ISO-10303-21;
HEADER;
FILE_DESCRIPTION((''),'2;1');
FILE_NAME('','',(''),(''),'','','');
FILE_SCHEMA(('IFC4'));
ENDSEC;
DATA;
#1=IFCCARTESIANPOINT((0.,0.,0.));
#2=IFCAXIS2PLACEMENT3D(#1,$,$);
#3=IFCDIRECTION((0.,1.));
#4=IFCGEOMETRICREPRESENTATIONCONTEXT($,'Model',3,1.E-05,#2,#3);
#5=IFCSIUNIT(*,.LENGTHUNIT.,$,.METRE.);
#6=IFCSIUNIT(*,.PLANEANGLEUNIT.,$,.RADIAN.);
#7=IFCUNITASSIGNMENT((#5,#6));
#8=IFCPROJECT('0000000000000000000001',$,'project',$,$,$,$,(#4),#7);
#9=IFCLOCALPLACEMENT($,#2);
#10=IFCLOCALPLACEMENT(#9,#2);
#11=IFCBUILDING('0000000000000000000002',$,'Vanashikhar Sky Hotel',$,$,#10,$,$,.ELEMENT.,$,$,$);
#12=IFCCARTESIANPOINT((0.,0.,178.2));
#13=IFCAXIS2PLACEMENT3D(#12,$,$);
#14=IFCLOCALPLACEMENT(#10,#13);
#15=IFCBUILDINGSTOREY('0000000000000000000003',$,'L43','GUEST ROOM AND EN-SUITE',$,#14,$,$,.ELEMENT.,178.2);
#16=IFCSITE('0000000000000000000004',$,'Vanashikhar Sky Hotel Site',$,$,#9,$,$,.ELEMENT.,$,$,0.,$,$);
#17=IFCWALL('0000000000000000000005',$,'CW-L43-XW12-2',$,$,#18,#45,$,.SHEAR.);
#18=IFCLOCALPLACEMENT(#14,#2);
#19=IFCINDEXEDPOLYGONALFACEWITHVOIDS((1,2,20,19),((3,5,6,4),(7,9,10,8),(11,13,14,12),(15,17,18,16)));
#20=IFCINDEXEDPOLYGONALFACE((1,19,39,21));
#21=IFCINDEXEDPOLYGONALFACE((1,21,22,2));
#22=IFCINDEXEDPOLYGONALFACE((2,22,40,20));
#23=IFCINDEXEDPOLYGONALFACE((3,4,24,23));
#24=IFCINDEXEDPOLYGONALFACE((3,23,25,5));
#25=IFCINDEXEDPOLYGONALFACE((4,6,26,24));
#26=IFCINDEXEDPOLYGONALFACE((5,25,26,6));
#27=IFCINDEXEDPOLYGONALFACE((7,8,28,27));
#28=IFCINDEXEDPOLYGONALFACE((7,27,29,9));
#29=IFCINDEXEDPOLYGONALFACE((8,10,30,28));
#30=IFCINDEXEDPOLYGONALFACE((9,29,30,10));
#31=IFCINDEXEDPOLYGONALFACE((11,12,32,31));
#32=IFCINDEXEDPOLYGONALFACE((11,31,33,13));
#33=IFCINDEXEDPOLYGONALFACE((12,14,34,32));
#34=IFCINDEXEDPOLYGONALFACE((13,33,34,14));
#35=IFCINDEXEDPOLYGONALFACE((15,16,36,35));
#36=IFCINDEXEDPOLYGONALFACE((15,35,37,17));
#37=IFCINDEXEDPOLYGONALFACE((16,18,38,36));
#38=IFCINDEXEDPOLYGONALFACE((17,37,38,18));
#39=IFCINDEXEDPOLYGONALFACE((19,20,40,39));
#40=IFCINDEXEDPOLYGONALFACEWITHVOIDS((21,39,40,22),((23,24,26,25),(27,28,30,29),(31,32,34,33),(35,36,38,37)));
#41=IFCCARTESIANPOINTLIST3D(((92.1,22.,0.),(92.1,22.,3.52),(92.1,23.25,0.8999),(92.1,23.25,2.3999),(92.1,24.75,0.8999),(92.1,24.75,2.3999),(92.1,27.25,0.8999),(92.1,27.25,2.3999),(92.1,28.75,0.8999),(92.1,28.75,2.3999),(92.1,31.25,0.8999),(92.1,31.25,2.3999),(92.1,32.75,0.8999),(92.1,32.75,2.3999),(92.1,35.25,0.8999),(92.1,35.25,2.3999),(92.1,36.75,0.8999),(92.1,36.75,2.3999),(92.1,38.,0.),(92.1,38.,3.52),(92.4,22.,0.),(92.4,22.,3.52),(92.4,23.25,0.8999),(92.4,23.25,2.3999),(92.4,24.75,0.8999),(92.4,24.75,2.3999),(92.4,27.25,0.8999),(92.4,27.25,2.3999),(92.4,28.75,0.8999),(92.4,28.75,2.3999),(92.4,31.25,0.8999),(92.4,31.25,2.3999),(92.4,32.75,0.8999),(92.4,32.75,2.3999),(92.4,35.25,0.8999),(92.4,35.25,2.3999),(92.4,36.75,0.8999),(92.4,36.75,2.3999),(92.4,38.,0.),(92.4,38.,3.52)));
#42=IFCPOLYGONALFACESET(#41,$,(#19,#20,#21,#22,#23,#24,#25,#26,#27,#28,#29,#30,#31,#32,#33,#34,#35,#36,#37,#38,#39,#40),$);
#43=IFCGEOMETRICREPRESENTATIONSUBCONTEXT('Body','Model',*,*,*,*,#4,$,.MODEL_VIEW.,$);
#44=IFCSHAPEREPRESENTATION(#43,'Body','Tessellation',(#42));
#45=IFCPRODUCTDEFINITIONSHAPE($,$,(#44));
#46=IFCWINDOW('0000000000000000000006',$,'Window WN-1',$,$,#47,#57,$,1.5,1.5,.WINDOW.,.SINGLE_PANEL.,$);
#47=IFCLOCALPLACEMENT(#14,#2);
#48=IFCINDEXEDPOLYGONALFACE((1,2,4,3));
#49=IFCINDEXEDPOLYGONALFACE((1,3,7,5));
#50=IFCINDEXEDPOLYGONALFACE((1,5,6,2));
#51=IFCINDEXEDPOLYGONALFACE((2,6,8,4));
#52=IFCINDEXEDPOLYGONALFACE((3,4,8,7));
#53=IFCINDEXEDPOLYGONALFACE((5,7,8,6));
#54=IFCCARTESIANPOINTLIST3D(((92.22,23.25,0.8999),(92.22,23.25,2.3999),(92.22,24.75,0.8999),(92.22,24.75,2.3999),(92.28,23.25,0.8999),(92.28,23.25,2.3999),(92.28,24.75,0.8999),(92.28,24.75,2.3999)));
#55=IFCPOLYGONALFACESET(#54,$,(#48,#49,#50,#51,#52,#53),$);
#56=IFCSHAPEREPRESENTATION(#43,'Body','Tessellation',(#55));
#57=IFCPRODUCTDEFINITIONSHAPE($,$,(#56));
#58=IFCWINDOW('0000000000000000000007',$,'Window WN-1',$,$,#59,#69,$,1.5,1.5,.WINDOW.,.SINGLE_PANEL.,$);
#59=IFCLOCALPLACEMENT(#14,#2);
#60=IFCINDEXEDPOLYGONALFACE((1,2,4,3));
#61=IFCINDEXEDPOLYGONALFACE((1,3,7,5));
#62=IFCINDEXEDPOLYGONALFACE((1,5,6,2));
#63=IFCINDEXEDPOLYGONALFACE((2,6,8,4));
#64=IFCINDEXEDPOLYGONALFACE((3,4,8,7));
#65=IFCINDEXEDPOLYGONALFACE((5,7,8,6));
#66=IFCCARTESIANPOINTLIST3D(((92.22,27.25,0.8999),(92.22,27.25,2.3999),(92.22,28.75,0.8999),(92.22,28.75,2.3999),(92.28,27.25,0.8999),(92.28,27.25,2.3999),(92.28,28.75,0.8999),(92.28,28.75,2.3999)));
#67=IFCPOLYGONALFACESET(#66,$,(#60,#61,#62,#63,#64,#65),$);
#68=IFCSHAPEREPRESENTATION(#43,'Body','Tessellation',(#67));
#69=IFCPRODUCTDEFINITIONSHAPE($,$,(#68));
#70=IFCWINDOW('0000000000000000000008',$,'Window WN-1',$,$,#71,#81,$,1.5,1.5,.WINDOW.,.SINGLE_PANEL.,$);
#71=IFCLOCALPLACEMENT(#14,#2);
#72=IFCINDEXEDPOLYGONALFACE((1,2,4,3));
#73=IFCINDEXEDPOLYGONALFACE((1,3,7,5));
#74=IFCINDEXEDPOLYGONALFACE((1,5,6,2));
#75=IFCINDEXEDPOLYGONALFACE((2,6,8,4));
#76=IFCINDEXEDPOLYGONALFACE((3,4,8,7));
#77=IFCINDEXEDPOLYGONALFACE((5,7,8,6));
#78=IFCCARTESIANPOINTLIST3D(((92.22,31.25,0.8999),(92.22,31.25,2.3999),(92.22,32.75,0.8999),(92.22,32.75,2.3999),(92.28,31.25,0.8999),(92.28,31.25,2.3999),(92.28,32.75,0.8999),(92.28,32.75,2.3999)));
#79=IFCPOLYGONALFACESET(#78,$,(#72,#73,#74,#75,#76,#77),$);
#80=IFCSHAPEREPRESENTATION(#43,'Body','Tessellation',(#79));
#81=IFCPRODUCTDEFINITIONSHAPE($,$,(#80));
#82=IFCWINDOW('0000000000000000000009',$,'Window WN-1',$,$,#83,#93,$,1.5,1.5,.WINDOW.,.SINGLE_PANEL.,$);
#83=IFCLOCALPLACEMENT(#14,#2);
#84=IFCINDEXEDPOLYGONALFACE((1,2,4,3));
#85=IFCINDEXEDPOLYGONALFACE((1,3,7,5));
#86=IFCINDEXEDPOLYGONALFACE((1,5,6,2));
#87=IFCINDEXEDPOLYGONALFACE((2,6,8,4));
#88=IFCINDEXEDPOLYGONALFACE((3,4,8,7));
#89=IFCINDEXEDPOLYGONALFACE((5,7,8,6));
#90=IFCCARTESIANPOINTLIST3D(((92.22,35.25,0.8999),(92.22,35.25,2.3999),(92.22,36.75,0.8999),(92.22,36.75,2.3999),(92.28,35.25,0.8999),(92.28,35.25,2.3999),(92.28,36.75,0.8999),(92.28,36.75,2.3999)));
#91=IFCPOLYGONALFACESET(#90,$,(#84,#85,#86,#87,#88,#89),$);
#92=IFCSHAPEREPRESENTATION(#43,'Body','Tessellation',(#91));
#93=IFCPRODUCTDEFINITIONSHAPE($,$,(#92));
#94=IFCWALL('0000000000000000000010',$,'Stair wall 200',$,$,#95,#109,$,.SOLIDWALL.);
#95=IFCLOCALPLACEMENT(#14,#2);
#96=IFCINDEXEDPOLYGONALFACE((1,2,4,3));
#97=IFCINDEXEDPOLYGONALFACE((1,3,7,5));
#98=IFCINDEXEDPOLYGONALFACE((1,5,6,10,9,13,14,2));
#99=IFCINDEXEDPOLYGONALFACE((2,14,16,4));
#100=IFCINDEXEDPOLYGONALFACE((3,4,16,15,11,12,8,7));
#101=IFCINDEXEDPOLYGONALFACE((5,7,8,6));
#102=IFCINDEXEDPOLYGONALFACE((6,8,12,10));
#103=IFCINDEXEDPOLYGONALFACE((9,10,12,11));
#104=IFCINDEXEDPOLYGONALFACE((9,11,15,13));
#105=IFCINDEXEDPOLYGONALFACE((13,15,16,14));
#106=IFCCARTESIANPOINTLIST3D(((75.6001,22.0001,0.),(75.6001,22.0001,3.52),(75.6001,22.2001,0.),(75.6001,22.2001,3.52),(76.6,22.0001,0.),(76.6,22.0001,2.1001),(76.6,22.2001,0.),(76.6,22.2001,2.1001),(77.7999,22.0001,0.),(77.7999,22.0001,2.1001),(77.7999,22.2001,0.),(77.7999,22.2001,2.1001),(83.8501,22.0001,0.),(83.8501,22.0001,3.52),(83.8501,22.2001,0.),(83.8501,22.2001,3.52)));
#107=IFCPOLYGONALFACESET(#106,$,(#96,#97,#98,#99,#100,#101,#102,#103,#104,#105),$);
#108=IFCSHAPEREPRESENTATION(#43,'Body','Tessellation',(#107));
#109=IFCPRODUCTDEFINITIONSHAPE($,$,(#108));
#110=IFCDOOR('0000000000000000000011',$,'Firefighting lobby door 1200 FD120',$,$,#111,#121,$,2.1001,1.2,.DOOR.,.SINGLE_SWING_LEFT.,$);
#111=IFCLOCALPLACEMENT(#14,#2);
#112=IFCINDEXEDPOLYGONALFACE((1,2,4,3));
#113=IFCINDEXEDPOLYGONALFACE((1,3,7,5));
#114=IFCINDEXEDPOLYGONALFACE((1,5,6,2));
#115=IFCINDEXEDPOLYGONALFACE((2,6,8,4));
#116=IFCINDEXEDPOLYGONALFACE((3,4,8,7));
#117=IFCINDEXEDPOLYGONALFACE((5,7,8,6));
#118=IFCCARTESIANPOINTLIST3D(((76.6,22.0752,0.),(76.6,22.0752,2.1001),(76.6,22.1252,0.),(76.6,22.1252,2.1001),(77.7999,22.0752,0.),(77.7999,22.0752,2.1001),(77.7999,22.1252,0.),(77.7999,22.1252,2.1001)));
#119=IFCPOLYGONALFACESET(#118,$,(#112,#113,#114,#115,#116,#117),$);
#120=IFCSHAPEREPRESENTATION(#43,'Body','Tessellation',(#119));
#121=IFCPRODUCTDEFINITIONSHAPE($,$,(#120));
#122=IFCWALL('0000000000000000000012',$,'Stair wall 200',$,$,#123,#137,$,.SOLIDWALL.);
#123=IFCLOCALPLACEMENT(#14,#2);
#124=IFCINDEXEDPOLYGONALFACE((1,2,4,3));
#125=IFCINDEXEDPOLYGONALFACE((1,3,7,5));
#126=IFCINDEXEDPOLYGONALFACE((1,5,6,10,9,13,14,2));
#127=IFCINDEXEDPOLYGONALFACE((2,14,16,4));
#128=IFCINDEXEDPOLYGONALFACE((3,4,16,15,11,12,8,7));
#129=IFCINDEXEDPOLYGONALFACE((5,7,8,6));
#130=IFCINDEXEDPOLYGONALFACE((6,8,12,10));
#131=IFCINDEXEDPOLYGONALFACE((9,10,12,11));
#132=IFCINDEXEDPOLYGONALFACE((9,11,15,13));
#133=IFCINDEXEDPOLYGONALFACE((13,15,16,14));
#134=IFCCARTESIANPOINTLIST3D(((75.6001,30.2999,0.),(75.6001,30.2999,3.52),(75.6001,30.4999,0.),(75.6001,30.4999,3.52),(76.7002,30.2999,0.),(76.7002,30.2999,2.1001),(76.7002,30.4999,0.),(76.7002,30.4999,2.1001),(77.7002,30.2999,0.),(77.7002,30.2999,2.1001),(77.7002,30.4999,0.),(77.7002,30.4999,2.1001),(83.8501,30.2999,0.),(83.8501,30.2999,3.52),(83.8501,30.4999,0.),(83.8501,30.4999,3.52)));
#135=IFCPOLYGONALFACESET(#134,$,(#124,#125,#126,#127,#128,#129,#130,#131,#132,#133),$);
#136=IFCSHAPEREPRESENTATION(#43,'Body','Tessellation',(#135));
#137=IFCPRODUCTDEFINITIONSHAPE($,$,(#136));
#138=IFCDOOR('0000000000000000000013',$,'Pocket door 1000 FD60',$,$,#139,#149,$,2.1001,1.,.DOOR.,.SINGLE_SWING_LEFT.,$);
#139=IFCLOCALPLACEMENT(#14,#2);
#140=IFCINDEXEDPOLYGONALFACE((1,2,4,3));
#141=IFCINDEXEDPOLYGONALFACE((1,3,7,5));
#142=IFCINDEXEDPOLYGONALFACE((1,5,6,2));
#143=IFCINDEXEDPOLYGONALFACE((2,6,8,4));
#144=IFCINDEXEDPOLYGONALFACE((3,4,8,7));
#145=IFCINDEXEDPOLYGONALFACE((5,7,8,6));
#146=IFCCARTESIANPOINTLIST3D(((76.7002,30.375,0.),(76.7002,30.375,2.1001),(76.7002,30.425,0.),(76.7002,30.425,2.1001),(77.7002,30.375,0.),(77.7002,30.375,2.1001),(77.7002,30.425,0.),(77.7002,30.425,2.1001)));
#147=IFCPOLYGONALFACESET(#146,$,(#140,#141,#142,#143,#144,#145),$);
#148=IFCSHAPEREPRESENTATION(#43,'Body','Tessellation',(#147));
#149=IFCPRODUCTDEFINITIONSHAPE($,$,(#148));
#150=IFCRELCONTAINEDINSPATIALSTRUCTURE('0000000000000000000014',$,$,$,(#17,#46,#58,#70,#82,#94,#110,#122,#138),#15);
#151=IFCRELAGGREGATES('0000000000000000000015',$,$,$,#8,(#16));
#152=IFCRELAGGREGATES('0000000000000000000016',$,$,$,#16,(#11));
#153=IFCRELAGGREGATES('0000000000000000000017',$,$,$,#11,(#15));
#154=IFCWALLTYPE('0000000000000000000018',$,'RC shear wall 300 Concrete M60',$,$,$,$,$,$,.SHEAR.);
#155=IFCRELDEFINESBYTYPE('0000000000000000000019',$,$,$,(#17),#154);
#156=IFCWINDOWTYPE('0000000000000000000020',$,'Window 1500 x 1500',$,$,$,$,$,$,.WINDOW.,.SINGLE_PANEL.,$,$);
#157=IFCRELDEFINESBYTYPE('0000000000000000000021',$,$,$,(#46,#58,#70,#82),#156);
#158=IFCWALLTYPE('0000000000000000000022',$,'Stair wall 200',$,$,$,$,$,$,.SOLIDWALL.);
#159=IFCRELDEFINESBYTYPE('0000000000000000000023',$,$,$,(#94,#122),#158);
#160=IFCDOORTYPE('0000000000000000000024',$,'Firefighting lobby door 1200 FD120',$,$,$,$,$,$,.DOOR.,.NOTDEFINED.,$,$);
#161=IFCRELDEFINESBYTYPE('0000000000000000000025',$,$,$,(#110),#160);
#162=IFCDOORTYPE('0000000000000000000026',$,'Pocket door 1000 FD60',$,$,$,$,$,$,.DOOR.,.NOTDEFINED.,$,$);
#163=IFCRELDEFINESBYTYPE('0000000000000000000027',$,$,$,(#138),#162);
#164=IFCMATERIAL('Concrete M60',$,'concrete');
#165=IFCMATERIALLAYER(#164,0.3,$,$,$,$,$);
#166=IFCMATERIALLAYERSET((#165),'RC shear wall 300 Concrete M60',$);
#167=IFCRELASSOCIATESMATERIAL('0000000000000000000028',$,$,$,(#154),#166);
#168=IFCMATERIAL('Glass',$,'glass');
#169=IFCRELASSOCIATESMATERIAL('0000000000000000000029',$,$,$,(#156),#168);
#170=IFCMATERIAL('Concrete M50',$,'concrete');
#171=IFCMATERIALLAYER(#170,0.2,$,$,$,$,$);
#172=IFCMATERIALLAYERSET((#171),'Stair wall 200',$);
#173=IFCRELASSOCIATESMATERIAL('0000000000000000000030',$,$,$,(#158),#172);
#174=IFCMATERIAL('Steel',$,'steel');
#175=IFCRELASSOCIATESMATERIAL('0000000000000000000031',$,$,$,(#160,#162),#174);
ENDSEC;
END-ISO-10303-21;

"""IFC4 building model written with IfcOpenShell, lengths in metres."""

from ifc_helpers import new_model, si_unit, direction, frame, frame_2d, origin, place, context, subcontext, project, spatial, rectangle, extrude, source, transform, mapped, material, layer, layer_set, type_object, element, fill, save


model = new_model("IFC4")

# Units and contexts
model_context = context("Model", 3, precision=1e-05, world=origin(), true_north=direction((0.0, 1.0)))
body_context = subcontext(model_context, "Body", "Model", "MODEL_VIEW")
ifc_project = project(units=[si_unit("LENGTHUNIT", "METRE"), si_unit("PLANEANGLEUNIT", "RADIAN")], contexts=[model_context])

# Site, building, storey
site_placement = place(None, origin())
site = spatial("IfcSite", under=ifc_project, at=site_placement, Name="Vanashikhar Sky Hotel Site", CompositionType="ELEMENT", RefElevation=0.0)
building_placement = place(site_placement, origin())
building = spatial("IfcBuilding", under=site, at=building_placement, Name="Vanashikhar Sky Hotel", CompositionType="ELEMENT")
storey_placement = place(building_placement, frame((0.0, 0.0, 178.2)))
storey = spatial("IfcBuildingStorey", under=building, at=storey_placement, Name="L43", Description="GUEST ROOM AND EN-SUITE", CompositionType="ELEMENT", Elevation=178.2)

# Wall, openings, windows
ifc_material_1 = material(Name="Concrete M60", Category="concrete")
ifc_layer_1 = layer(ifc_material_1, 0.3)
ifc_layer_set_1 = layer_set([ifc_layer_1], Name="RC shear wall 300 Concrete M60")
wall_type_1 = type_object("IfcWallType", Name="RC shear wall 300 Concrete M60", PredefinedType="SHEAR", material=ifc_layer_set_1)
shared_shape_1 = source(origin(), body_context, "Body", "SweptSolid", [
    extrude(rectangle(XDim=16.0, YDim=0.3, at=frame_2d((8.0, 0.0))), origin(), (0.0, 0.0, 1.0), 3.52),
])
wall_1_placement = place(storey_placement, frame((92.25, 22.0, 0.0), z_axis=(0.0, 0.0, 1.0), x_axis=(0.0, 1.0, 0.0)))
wall_1 = element("IfcWall", 1, at=wall_1_placement, inside=storey, type_object=wall_type_1, Name="CW-L43-XW12-2", PredefinedType="SHEAR", context=body_context, shape_type="MappedRepresentation", body=[
    mapped(shared_shape_1, transform((0.0, 0.0, 0.0), scale=1.0)),
])
shared_shape_2 = source(origin(), body_context, "Body", "SweptSolid", [
    extrude(rectangle(XDim=1.5, YDim=1.5, at=frame_2d((0.75, 0.75))), frame((0.0, 0.1602, 0.0), z_axis=(0.0, -1.0, 0.0), x_axis=(1.0, 0.0, 0.0)), (0.0, 0.0, 1.0), 0.3201),
])
opening_1_placement = place(wall_1_placement, frame((1.25, 0.0, 0.8999)))
opening_1 = element("IfcOpeningElement", 2, at=opening_1_placement, cuts=wall_1, PredefinedType="OPENING", context=body_context, shape_type="MappedRepresentation", body=[
    mapped(shared_shape_2, transform((0.0, 0.0, 0.0), scale=1.0)),
])
opening_2_placement = place(wall_1_placement, frame((5.25, 0.0, 0.8999)))
opening_2 = element("IfcOpeningElement", 3, at=opening_2_placement, cuts=wall_1, PredefinedType="OPENING", context=body_context, shape_type="MappedRepresentation", body=[
    mapped(shared_shape_2, transform((0.0, 0.0, 0.0), scale=1.0)),
])
opening_3_placement = place(wall_1_placement, frame((9.25, 0.0, 0.8999)))
opening_3 = element("IfcOpeningElement", 4, at=opening_3_placement, cuts=wall_1, PredefinedType="OPENING", context=body_context, shape_type="MappedRepresentation", body=[
    mapped(shared_shape_2, transform((0.0, 0.0, 0.0), scale=1.0)),
])
opening_4_placement = place(wall_1_placement, frame((13.25, 0.0, 0.8999)))
opening_4 = element("IfcOpeningElement", 5, at=opening_4_placement, cuts=wall_1, PredefinedType="OPENING", context=body_context, shape_type="MappedRepresentation", body=[
    mapped(shared_shape_2, transform((0.0, 0.0, 0.0), scale=1.0)),
])
ifc_material_2 = material(Name="Glass", Category="glass")
window_type = type_object("IfcWindowType", Name="Window 1500 x 1500", PartitioningType="SINGLE_PANEL", PredefinedType="WINDOW", material=ifc_material_2)
shared_shape_3 = source(origin(), body_context, "Body", "SweptSolid", [
    extrude(rectangle(XDim=1.5, YDim=1.5, at=frame_2d((0.75, 0.75))), frame((0.0, 0.03, 0.0), z_axis=(0.0, -1.0, 0.0), x_axis=(1.0, 0.0, 0.0)), (0.0, 0.0, 1.0), 0.0601),
])
window_1_placement = place(opening_1_placement, origin())
window_1 = element("IfcWindow", 6, at=window_1_placement, inside=storey, type_object=window_type, Name="Window WN-1", OverallHeight=1.5, OverallWidth=1.5, PartitioningType="SINGLE_PANEL", PredefinedType="WINDOW", context=body_context, shape_type="MappedRepresentation", body=[
    mapped(shared_shape_3, transform((0.0, 0.0, 0.0), scale=1.0)),
])
fill(opening_1, window_1)
window_2_placement = place(opening_2_placement, origin())
window_2 = element("IfcWindow", 7, at=window_2_placement, inside=storey, type_object=window_type, Name="Window WN-1", OverallHeight=1.5, OverallWidth=1.5, PartitioningType="SINGLE_PANEL", PredefinedType="WINDOW", context=body_context, shape_type="MappedRepresentation", body=[
    mapped(shared_shape_3, transform((0.0, 0.0, 0.0), scale=1.0)),
])
fill(opening_2, window_2)
window_3_placement = place(opening_3_placement, origin())
window_3 = element("IfcWindow", 8, at=window_3_placement, inside=storey, type_object=window_type, Name="Window WN-1", OverallHeight=1.5, OverallWidth=1.5, PartitioningType="SINGLE_PANEL", PredefinedType="WINDOW", context=body_context, shape_type="MappedRepresentation", body=[
    mapped(shared_shape_3, transform((0.0, 0.0, 0.0), scale=1.0)),
])
fill(opening_3, window_3)
window_4_placement = place(opening_4_placement, origin())
window_4 = element("IfcWindow", 9, at=window_4_placement, inside=storey, type_object=window_type, Name="Window WN-1", OverallHeight=1.5, OverallWidth=1.5, PartitioningType="SINGLE_PANEL", PredefinedType="WINDOW", context=body_context, shape_type="MappedRepresentation", body=[
    mapped(shared_shape_3, transform((0.0, 0.0, 0.0), scale=1.0)),
])
fill(opening_4, window_4)

# Walls, openings, doors
ifc_material_3 = material(Name="Concrete M50", Category="concrete")
ifc_layer_2 = layer(ifc_material_3, 0.2)
ifc_layer_set_2 = layer_set([ifc_layer_2], Name="Stair wall 200")
wall_type_2 = type_object("IfcWallType", Name="Stair wall 200", PredefinedType="SOLIDWALL", material=ifc_layer_set_2)
shared_shape_4 = source(origin(), body_context, "Body", "SweptSolid", [
    extrude(rectangle(XDim=8.25, YDim=0.2, at=frame_2d((4.125, 0.0))), origin(), (0.0, 0.0, 1.0), 3.52),
])
wall_2_placement = place(storey_placement, frame((83.8501, 22.1001, 0.0), z_axis=(0.0, 0.0, 1.0), x_axis=(-1.0, 0.0, 0.0)))
wall_2 = element("IfcWall", 10, at=wall_2_placement, inside=storey, type_object=wall_type_2, Name="Stair wall 200", PredefinedType="SOLIDWALL", context=body_context, shape_type="MappedRepresentation", body=[
    mapped(shared_shape_4, transform((0.0, 0.0, 0.0), scale=1.0)),
])
shared_shape_5 = source(origin(), body_context, "Body", "SweptSolid", [
    extrude(rectangle(XDim=1.2, YDim=2.1001, at=frame_2d((0.6001, 1.05))), frame((0.0, 0.1099, 0.0), z_axis=(0.0, -1.0, 0.0), x_axis=(1.0, 0.0, 0.0)), (0.0, 0.0, 1.0), 0.22),
])
opening_5_placement = place(wall_2_placement, frame((6.05, 0.0, 0.0)))
opening_5 = element("IfcOpeningElement", 11, at=opening_5_placement, cuts=wall_2, PredefinedType="OPENING", context=body_context, shape_type="MappedRepresentation", body=[
    mapped(shared_shape_5, transform((0.0, 0.0, 0.0), scale=1.0)),
])
ifc_material_4 = material(Name="Steel", Category="steel")
door_type_1 = type_object("IfcDoorType", Name="Firefighting lobby door 1200 FD120", OperationType="NOTDEFINED", PredefinedType="DOOR", material=ifc_material_4)
shared_shape_6 = source(origin(), body_context, "Body", "SweptSolid", [
    extrude(rectangle(XDim=1.2, YDim=2.1001, at=frame_2d((0.6001, 1.05))), frame((0.0, 0.0249, 0.0), z_axis=(0.0, -1.0, 0.0), x_axis=(1.0, 0.0, 0.0)), (0.0, 0.0, 1.0), 0.05),
])
door_1_placement = place(opening_5_placement, origin())
door_1 = element("IfcDoor", 12, at=door_1_placement, inside=storey, type_object=door_type_1, Name="Firefighting lobby door 1200 FD120", OperationType="SINGLE_SWING_LEFT", OverallHeight=2.1001, OverallWidth=1.2, PredefinedType="DOOR", context=body_context, shape_type="MappedRepresentation", body=[
    mapped(shared_shape_6, transform((0.0, 0.0, 0.0), scale=1.0)),
])
fill(opening_5, door_1)
wall_3_placement = place(storey_placement, frame((83.8501, 30.3999, 0.0), z_axis=(0.0, 0.0, 1.0), x_axis=(-1.0, 0.0, 0.0)))
wall_3 = element("IfcWall", 13, at=wall_3_placement, inside=storey, type_object=wall_type_2, Name="Stair wall 200", PredefinedType="SOLIDWALL", context=body_context, shape_type="MappedRepresentation", body=[
    mapped(shared_shape_4, transform((0.0, 0.0, 0.0), scale=1.0)),
])
shared_shape_7 = source(origin(), body_context, "Body", "SweptSolid", [
    extrude(rectangle(XDim=1.0, YDim=2.1001, at=frame_2d((0.5, 1.05))), frame((0.0, 0.1099, 0.0), z_axis=(0.0, -1.0, 0.0), x_axis=(1.0, 0.0, 0.0)), (0.0, 0.0, 1.0), 0.22),
])
opening_6_placement = place(wall_3_placement, frame((6.1499, 0.0, 0.0)))
opening_6 = element("IfcOpeningElement", 14, at=opening_6_placement, cuts=wall_3, PredefinedType="OPENING", context=body_context, shape_type="MappedRepresentation", body=[
    mapped(shared_shape_7, transform((0.0, 0.0, 0.0), scale=1.0)),
])
door_type_2 = type_object("IfcDoorType", Name="Pocket door 1000 FD60", OperationType="NOTDEFINED", PredefinedType="DOOR", material=ifc_material_4)
shared_shape_8 = source(origin(), body_context, "Body", "SweptSolid", [
    extrude(rectangle(XDim=1.0, YDim=2.1001, at=frame_2d((0.5, 1.05))), frame((0.0, 0.0249, 0.0), z_axis=(0.0, -1.0, 0.0), x_axis=(1.0, 0.0, 0.0)), (0.0, 0.0, 1.0), 0.05),
])
door_2_placement = place(opening_6_placement, origin())
door_2 = element("IfcDoor", 15, at=door_2_placement, inside=storey, type_object=door_type_2, Name="Pocket door 1000 FD60", OperationType="SINGLE_SWING_LEFT", OverallHeight=2.1001, OverallWidth=1.0, PredefinedType="DOOR", context=body_context, shape_type="MappedRepresentation", body=[
    mapped(shared_shape_8, transform((0.0, 0.0, 0.0), scale=1.0)),
])
fill(opening_6, door_2)

save(model, "model.ifc")
